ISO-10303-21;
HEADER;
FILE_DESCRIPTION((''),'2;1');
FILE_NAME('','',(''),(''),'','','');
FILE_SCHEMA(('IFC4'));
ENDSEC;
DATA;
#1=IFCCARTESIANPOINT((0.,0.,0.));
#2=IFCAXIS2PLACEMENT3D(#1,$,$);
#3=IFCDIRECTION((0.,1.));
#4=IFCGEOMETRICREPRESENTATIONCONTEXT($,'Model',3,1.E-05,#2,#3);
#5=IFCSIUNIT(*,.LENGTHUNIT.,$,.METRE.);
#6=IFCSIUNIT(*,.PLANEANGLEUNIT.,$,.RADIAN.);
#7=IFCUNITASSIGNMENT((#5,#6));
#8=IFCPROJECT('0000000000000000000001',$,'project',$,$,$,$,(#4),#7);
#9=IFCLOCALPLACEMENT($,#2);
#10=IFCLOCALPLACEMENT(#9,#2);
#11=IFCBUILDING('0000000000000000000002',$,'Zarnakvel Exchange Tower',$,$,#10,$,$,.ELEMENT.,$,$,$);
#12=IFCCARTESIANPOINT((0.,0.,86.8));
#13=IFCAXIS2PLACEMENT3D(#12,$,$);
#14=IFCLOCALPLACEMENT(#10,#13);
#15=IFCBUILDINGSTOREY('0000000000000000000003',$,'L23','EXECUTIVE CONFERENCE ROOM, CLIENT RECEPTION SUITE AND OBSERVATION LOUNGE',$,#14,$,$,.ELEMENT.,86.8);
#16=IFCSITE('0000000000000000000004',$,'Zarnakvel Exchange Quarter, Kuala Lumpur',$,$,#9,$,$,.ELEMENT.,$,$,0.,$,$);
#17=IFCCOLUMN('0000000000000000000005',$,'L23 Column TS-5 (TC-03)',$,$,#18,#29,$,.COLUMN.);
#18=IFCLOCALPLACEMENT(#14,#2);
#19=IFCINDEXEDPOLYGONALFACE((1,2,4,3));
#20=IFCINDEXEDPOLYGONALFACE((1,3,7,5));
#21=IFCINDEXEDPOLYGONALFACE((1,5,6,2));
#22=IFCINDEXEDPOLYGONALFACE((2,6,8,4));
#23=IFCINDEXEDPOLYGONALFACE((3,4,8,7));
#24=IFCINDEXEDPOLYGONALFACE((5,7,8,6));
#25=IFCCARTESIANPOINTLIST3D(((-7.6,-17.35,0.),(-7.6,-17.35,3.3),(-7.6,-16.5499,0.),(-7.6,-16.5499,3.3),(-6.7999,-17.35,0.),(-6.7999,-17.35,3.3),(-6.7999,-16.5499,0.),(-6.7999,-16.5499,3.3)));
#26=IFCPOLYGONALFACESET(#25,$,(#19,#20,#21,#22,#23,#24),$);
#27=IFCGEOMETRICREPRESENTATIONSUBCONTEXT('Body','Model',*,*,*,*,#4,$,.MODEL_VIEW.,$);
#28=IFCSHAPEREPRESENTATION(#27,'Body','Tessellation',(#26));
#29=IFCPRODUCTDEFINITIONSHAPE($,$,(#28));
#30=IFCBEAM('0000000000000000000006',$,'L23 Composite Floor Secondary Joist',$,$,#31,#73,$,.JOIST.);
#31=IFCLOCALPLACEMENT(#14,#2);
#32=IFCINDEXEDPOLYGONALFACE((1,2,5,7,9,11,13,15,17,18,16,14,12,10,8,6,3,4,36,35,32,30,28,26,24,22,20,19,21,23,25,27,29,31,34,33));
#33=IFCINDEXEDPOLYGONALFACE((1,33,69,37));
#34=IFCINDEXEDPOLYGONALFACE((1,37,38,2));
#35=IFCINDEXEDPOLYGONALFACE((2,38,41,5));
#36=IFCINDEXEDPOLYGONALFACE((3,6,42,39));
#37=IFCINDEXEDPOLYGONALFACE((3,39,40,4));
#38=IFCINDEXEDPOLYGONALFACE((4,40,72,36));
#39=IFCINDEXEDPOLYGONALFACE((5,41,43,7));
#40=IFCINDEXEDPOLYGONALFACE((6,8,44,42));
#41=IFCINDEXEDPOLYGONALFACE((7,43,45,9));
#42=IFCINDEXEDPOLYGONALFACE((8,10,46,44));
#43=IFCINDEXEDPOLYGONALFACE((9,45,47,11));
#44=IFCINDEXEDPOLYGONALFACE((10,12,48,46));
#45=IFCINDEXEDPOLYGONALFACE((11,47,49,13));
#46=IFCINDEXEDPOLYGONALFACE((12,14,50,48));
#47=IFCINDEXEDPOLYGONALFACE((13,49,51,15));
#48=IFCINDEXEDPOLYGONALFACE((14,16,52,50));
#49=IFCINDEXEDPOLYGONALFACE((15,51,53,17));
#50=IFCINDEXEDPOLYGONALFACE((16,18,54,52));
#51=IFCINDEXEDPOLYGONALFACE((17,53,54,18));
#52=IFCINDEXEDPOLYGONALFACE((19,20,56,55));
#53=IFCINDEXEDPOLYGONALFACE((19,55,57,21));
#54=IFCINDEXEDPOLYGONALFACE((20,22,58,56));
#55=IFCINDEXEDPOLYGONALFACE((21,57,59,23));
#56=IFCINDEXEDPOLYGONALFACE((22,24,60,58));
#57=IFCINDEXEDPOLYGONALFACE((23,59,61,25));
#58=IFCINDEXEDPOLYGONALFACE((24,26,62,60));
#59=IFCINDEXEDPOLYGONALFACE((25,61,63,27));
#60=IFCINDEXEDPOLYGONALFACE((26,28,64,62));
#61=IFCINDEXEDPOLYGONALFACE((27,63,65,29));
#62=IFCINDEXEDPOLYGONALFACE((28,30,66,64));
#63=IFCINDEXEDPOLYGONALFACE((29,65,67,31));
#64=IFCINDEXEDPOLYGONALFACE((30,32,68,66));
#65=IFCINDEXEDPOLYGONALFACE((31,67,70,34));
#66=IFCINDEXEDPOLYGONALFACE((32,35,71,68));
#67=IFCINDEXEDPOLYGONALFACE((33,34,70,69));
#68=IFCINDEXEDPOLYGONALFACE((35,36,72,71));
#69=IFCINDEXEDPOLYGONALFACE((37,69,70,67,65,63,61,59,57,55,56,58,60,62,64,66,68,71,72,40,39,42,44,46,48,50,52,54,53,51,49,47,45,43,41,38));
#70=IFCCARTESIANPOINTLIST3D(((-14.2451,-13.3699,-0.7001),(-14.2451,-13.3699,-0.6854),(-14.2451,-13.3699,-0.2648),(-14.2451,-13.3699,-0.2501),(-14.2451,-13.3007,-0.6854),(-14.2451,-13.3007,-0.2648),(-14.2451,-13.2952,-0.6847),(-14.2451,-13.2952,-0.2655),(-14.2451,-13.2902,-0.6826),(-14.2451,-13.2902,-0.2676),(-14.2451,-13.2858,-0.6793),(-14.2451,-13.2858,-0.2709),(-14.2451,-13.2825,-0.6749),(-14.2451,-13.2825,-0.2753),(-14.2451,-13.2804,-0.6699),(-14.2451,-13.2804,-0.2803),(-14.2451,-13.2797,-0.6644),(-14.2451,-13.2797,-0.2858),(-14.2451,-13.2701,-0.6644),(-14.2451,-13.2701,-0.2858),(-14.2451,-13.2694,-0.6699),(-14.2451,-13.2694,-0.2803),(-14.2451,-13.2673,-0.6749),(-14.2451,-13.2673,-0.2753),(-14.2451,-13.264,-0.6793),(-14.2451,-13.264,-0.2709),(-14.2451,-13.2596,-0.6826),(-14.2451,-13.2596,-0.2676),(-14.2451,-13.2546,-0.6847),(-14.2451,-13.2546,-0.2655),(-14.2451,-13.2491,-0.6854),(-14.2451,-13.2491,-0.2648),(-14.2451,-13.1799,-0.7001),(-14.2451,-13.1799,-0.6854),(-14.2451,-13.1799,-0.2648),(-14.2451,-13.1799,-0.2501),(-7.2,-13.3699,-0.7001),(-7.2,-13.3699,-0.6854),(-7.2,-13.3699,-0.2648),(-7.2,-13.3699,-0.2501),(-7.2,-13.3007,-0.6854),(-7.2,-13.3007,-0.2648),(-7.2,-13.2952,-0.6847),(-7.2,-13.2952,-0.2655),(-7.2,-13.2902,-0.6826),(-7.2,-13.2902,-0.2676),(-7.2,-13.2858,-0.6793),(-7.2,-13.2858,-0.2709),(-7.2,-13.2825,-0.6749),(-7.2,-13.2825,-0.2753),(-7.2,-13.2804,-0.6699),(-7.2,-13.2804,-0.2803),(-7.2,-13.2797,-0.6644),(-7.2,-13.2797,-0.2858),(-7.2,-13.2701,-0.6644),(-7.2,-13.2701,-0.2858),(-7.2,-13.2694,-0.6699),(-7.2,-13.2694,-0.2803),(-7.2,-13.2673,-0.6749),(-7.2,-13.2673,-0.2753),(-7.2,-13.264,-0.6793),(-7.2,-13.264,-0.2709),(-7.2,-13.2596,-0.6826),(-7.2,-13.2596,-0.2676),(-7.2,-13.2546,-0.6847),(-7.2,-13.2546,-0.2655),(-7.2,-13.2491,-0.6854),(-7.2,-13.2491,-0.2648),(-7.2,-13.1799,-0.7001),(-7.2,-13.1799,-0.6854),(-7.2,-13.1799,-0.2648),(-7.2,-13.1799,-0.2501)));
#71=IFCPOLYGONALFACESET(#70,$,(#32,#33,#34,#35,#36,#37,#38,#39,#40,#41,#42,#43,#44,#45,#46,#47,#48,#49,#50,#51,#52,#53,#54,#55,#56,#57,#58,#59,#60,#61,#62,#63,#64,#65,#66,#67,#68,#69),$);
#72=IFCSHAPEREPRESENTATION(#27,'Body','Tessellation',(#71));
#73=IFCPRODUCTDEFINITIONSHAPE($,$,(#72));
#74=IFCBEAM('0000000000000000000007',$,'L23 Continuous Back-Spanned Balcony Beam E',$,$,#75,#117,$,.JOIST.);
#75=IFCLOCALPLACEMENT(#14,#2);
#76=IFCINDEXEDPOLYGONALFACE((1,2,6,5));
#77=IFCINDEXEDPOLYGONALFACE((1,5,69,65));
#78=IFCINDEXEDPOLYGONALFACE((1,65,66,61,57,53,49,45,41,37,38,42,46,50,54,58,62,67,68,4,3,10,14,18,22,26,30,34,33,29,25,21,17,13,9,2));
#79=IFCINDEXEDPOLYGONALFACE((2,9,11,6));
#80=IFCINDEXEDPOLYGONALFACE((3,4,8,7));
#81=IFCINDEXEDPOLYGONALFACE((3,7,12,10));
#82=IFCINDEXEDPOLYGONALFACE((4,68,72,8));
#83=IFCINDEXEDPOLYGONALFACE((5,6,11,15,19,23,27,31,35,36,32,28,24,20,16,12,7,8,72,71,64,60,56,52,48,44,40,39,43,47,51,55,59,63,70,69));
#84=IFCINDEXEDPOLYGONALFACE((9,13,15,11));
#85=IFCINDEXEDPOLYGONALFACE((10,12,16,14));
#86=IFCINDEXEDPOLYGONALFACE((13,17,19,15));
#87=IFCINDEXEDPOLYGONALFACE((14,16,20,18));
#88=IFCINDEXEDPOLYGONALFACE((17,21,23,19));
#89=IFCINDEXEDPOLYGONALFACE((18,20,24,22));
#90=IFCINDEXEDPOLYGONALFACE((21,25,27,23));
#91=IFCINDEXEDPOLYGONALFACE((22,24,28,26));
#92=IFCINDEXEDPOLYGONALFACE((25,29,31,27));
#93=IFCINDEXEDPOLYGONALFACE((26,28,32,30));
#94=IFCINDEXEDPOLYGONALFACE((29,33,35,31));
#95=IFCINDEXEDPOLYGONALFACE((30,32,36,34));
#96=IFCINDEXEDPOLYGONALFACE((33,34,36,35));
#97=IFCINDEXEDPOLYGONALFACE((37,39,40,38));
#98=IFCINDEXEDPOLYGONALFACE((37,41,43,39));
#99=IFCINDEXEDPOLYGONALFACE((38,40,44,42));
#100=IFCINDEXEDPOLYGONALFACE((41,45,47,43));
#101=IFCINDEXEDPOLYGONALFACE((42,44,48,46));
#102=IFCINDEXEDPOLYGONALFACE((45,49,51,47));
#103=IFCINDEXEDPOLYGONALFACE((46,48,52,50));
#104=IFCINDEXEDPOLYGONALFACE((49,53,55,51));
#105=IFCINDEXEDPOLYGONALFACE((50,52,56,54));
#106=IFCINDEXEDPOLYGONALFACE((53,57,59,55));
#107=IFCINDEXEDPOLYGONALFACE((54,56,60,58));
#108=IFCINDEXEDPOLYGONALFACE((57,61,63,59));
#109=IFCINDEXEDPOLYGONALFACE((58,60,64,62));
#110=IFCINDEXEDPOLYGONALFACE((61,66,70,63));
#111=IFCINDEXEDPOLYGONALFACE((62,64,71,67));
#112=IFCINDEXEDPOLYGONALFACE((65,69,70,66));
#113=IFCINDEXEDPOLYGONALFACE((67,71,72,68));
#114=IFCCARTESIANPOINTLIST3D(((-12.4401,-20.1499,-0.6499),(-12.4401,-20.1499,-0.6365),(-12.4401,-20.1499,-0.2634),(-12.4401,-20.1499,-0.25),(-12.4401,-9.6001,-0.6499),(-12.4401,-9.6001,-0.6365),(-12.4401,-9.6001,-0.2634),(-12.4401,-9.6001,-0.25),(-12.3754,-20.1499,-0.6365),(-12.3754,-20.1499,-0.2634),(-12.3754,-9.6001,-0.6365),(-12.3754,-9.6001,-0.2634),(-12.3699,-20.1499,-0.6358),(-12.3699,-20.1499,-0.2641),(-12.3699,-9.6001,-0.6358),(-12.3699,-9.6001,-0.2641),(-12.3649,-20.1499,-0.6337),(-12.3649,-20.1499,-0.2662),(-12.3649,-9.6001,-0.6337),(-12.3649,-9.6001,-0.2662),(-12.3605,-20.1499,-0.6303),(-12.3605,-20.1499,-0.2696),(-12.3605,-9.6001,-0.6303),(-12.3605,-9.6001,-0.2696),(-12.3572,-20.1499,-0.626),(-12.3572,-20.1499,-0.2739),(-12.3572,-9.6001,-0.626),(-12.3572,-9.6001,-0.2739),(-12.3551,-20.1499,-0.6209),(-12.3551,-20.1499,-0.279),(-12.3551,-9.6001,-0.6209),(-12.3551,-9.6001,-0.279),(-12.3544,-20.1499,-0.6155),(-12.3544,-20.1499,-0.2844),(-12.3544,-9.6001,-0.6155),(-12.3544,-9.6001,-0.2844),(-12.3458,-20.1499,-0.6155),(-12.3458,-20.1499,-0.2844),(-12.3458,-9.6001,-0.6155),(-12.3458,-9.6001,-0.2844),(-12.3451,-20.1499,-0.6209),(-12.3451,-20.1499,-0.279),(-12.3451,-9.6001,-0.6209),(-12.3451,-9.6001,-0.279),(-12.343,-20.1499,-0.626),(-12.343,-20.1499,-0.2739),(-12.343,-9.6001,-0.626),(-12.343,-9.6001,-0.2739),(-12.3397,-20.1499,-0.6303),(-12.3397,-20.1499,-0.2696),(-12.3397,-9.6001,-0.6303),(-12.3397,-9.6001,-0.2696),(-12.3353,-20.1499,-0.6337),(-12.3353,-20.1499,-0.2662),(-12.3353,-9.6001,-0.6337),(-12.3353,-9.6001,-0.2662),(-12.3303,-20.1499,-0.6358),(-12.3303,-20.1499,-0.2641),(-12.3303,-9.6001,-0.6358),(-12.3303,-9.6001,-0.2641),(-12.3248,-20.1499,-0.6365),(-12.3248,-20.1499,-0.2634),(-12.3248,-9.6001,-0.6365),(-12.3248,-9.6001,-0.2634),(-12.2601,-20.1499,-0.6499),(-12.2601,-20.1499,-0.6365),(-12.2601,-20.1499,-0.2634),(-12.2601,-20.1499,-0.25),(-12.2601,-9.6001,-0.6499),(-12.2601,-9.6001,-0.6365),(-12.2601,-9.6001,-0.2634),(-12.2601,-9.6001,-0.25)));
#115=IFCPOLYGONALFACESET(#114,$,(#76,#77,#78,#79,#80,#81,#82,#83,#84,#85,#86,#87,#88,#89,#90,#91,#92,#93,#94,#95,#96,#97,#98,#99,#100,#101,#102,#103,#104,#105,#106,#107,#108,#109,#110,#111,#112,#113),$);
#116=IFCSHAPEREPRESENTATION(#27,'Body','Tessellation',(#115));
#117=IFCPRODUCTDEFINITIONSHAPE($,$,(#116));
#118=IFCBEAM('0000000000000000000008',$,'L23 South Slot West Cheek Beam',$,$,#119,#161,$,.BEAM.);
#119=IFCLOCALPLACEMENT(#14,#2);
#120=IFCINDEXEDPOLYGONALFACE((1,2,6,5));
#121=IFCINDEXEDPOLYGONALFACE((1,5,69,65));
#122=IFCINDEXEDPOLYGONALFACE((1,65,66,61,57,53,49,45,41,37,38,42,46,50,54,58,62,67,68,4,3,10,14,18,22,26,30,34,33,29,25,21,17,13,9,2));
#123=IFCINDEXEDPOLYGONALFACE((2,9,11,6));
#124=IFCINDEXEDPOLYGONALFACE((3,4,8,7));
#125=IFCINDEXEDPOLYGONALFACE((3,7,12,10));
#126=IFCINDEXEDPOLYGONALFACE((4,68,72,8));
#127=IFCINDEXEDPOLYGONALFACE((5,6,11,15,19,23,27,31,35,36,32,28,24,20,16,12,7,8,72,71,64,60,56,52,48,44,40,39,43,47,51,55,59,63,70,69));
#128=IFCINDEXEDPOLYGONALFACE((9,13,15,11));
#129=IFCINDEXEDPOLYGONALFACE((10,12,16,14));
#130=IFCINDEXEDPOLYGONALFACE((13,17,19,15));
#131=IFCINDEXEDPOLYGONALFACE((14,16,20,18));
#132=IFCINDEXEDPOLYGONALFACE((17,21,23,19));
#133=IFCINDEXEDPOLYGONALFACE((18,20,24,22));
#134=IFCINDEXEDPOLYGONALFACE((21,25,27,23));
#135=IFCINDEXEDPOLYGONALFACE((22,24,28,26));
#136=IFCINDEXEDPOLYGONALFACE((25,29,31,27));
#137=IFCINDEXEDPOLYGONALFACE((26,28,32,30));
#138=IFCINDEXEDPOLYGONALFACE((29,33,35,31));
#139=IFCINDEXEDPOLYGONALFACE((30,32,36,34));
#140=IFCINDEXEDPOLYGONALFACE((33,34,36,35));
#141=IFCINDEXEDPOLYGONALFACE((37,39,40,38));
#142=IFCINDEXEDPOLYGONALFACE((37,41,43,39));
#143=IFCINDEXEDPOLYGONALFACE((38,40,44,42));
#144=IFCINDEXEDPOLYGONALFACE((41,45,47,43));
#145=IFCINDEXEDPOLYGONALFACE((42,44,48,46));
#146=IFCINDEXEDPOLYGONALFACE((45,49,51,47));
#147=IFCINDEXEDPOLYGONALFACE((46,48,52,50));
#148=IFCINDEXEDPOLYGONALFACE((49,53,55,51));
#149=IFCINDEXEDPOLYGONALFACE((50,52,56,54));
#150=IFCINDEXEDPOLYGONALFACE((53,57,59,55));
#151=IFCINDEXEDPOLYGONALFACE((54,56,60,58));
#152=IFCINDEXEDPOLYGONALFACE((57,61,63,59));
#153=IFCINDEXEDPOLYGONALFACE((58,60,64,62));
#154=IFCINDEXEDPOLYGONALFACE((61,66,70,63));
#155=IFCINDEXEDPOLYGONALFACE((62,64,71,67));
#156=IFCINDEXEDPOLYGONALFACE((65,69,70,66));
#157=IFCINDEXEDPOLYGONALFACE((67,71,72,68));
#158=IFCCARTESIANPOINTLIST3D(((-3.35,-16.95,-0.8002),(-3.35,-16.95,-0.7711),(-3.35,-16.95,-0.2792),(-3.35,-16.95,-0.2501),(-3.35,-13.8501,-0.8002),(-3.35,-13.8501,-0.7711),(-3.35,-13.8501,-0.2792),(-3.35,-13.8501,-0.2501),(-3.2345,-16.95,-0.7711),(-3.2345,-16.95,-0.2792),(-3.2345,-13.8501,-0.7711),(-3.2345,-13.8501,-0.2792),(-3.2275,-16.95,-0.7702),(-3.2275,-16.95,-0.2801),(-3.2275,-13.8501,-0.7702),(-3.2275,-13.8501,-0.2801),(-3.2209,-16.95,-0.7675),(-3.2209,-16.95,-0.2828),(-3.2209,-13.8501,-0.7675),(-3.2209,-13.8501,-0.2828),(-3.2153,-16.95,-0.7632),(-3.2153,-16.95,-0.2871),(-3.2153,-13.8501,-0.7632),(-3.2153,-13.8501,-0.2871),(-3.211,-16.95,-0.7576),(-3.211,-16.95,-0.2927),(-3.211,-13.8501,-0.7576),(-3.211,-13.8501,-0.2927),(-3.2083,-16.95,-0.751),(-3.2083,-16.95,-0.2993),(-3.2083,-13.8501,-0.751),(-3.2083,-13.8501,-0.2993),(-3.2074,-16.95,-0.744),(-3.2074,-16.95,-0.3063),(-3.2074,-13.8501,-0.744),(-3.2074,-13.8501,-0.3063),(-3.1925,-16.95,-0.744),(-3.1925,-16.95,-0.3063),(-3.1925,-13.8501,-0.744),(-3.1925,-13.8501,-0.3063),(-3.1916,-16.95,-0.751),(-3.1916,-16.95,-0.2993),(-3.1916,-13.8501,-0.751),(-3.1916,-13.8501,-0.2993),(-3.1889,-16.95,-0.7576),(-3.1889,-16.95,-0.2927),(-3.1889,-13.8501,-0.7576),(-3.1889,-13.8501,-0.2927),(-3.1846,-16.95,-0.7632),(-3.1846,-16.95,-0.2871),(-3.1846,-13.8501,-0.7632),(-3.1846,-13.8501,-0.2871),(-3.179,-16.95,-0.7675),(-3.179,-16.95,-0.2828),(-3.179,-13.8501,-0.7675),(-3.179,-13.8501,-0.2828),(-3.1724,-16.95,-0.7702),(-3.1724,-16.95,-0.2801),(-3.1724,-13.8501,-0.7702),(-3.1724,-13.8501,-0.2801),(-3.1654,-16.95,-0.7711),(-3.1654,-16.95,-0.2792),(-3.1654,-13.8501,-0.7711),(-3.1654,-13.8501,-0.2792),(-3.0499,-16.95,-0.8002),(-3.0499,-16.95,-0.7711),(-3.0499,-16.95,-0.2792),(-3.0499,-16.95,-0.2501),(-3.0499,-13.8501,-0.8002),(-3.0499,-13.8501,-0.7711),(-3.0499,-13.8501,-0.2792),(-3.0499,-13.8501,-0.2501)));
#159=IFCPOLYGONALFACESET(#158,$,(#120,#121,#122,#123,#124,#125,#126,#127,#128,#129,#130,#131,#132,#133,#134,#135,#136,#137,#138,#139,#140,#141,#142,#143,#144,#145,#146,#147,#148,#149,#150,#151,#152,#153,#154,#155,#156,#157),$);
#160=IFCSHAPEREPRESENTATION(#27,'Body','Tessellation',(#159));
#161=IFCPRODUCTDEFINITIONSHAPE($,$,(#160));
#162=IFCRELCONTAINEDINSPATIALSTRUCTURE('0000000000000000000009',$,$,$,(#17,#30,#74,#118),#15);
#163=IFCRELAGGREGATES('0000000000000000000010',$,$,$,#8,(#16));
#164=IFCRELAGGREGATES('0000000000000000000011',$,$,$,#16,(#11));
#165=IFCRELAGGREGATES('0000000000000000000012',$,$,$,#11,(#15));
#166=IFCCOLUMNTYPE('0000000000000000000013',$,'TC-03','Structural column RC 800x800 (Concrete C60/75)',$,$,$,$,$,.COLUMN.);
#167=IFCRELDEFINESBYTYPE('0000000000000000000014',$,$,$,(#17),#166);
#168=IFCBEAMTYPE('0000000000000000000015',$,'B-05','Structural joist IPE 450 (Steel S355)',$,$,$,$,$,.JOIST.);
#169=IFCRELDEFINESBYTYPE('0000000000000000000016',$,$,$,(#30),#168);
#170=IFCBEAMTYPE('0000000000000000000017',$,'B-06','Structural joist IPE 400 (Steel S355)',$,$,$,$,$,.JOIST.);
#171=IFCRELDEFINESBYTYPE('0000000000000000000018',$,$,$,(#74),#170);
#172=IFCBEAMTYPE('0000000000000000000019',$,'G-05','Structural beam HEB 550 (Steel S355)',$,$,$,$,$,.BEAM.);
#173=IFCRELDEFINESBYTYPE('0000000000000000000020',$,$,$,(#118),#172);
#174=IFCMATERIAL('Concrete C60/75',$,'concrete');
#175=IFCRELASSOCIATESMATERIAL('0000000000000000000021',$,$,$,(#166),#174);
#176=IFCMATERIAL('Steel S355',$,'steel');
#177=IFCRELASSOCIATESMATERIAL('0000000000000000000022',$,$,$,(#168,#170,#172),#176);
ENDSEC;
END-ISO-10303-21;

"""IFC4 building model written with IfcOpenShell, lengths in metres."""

from ifc_helpers import new_model, si_unit, direction, frame, origin, origin_2d, place, context, subcontext, project, spatial, rectangle, i_section, extrude, material, material_profile, profile_set, type_object, element, save


model = new_model("IFC4")

# Units and contexts
model_context = context("Model", 3, precision=1e-05, world=origin(), true_north=direction((0.0, 1.0)))
body_context = subcontext(model_context, "Body", "Model", "MODEL_VIEW")
ifc_project = project(units=[si_unit("LENGTHUNIT", "METRE"), si_unit("PLANEANGLEUNIT", "RADIAN")], contexts=[model_context])

# Site, building, storey
site_placement = place(None, origin())
site = spatial("IfcSite", under=ifc_project, at=site_placement, Name="Zarnakvel Exchange Quarter, Kuala Lumpur", CompositionType="ELEMENT", RefElevation=0.0)
building_placement = place(site_placement, origin())
building = spatial("IfcBuilding", under=site, at=building_placement, Name="Zarnakvel Exchange Tower", CompositionType="ELEMENT")
storey_placement = place(building_placement, frame((0.0, 0.0, 86.8)))
storey = spatial("IfcBuildingStorey", under=building, at=storey_placement, Name="L23", Description="EXECUTIVE CONFERENCE ROOM, CLIENT RECEPTION SUITE AND OBSERVATION LOUNGE", CompositionType="ELEMENT", Elevation=86.8)

# Column
ifc_material_1 = material(Name="Concrete C60/75", Category="concrete")
ifc_material_profile_1 = material_profile(ifc_material_1, rectangle(XDim=0.8, YDim=0.8, at=origin_2d()))
ifc_profile_set_1 = profile_set([ifc_material_profile_1], Name="Concrete C60/75")
column_type = type_object("IfcColumnType", Name="TC-03", Description="Structural column RC 800x800 (Concrete C60/75)", PredefinedType="COLUMN", material=ifc_profile_set_1)
column_placement = place(storey_placement, frame((-7.2, -16.95, 0.0), z_axis=(0.0, 0.0, 1.0), x_axis=(1.0, 0.0, 0.0)))
element("IfcColumn", 1, at=column_placement, inside=storey, type_object=column_type, Name="L23 Column TS-5 (TC-03)", PredefinedType="COLUMN", context=body_context, shape_type="SweptSolid", body=[
    extrude(rectangle(XDim=0.8, YDim=0.8, at=origin_2d()), origin(), (0.0, 0.0, 1.0), 3.3),
])

# Beams
ifc_material_2 = material(Name="Steel S355", Category="steel")
ifc_material_profile_2 = material_profile(ifc_material_2, i_section(OverallWidth=0.1899, OverallDepth=0.45, WebThickness=0.0095, FlangeThickness=0.0146, FilletRadius=0.021, at=origin_2d()))
ifc_profile_set_2 = profile_set([ifc_material_profile_2], Name="Steel S355")
beam_type_1 = type_object("IfcBeamType", Name="B-05", Description="Structural joist IPE 450 (Steel S355)", PredefinedType="JOIST", material=ifc_profile_set_2)
beam_1_placement = place(storey_placement, frame((-14.2451, -13.2749, -0.4751), z_axis=(1.0, 0.0, 0.0), x_axis=(0.0, 1.0, 0.0)))
element("IfcBeam", 2, at=beam_1_placement, inside=storey, type_object=beam_type_1, Name="L23 Composite Floor Secondary Joist", PredefinedType="JOIST", context=body_context, shape_type="SweptSolid", body=[
    extrude(i_section(OverallWidth=0.1899, OverallDepth=0.45, WebThickness=0.0095, FlangeThickness=0.0146, FilletRadius=0.021, at=origin_2d()), origin(), (0.0, 0.0, 1.0), 7.0452),
])
ifc_material_profile_3 = material_profile(ifc_material_2, i_section(OverallWidth=0.1799, OverallDepth=0.3999, WebThickness=0.0085, FlangeThickness=0.0134, FilletRadius=0.021, at=origin_2d()))
ifc_profile_set_3 = profile_set([ifc_material_profile_3], Name="Steel S355")
beam_type_2 = type_object("IfcBeamType", Name="B-06", Description="Structural joist IPE 400 (Steel S355)", PredefinedType="JOIST", material=ifc_profile_set_3)
beam_2_placement = place(storey_placement, frame((-12.3501, -9.6001, -0.45), z_axis=(0.0, -1.0, 0.0), x_axis=(1.0, 0.0, 0.0)))
element("IfcBeam", 3, at=beam_2_placement, inside=storey, type_object=beam_type_2, Name="L23 Continuous Back-Spanned Balcony Beam E", PredefinedType="JOIST", context=body_context, shape_type="SweptSolid", body=[
    extrude(i_section(OverallWidth=0.1799, OverallDepth=0.3999, WebThickness=0.0085, FlangeThickness=0.0134, FilletRadius=0.021, at=origin_2d()), origin(), (0.0, 0.0, 1.0), 10.5498),
])
ifc_material_profile_4 = material_profile(ifc_material_2, i_section(OverallWidth=0.3, OverallDepth=0.55, WebThickness=0.0149, FlangeThickness=0.0291, FilletRadius=0.0271, at=origin_2d()))
ifc_profile_set_4 = profile_set([ifc_material_profile_4], Name="Steel S355")
beam_type_3 = type_object("IfcBeamType", Name="G-05", Description="Structural beam HEB 550 (Steel S355)", PredefinedType="BEAM", material=ifc_profile_set_4)
beam_3_placement = place(storey_placement, frame((-3.2, -16.95, -0.5251), z_axis=(0.0, 1.0, 0.0), x_axis=(-1.0, 0.0, 0.0)))
element("IfcBeam", 4, at=beam_3_placement, inside=storey, type_object=beam_type_3, Name="L23 South Slot West Cheek Beam", PredefinedType="BEAM", context=body_context, shape_type="SweptSolid", body=[
    extrude(i_section(OverallWidth=0.3, OverallDepth=0.55, WebThickness=0.0149, FlangeThickness=0.0291, FilletRadius=0.0271, at=origin_2d()), origin(), (0.0, 0.0, 1.0), 3.0999),
])

save(model, "model.ifc")
